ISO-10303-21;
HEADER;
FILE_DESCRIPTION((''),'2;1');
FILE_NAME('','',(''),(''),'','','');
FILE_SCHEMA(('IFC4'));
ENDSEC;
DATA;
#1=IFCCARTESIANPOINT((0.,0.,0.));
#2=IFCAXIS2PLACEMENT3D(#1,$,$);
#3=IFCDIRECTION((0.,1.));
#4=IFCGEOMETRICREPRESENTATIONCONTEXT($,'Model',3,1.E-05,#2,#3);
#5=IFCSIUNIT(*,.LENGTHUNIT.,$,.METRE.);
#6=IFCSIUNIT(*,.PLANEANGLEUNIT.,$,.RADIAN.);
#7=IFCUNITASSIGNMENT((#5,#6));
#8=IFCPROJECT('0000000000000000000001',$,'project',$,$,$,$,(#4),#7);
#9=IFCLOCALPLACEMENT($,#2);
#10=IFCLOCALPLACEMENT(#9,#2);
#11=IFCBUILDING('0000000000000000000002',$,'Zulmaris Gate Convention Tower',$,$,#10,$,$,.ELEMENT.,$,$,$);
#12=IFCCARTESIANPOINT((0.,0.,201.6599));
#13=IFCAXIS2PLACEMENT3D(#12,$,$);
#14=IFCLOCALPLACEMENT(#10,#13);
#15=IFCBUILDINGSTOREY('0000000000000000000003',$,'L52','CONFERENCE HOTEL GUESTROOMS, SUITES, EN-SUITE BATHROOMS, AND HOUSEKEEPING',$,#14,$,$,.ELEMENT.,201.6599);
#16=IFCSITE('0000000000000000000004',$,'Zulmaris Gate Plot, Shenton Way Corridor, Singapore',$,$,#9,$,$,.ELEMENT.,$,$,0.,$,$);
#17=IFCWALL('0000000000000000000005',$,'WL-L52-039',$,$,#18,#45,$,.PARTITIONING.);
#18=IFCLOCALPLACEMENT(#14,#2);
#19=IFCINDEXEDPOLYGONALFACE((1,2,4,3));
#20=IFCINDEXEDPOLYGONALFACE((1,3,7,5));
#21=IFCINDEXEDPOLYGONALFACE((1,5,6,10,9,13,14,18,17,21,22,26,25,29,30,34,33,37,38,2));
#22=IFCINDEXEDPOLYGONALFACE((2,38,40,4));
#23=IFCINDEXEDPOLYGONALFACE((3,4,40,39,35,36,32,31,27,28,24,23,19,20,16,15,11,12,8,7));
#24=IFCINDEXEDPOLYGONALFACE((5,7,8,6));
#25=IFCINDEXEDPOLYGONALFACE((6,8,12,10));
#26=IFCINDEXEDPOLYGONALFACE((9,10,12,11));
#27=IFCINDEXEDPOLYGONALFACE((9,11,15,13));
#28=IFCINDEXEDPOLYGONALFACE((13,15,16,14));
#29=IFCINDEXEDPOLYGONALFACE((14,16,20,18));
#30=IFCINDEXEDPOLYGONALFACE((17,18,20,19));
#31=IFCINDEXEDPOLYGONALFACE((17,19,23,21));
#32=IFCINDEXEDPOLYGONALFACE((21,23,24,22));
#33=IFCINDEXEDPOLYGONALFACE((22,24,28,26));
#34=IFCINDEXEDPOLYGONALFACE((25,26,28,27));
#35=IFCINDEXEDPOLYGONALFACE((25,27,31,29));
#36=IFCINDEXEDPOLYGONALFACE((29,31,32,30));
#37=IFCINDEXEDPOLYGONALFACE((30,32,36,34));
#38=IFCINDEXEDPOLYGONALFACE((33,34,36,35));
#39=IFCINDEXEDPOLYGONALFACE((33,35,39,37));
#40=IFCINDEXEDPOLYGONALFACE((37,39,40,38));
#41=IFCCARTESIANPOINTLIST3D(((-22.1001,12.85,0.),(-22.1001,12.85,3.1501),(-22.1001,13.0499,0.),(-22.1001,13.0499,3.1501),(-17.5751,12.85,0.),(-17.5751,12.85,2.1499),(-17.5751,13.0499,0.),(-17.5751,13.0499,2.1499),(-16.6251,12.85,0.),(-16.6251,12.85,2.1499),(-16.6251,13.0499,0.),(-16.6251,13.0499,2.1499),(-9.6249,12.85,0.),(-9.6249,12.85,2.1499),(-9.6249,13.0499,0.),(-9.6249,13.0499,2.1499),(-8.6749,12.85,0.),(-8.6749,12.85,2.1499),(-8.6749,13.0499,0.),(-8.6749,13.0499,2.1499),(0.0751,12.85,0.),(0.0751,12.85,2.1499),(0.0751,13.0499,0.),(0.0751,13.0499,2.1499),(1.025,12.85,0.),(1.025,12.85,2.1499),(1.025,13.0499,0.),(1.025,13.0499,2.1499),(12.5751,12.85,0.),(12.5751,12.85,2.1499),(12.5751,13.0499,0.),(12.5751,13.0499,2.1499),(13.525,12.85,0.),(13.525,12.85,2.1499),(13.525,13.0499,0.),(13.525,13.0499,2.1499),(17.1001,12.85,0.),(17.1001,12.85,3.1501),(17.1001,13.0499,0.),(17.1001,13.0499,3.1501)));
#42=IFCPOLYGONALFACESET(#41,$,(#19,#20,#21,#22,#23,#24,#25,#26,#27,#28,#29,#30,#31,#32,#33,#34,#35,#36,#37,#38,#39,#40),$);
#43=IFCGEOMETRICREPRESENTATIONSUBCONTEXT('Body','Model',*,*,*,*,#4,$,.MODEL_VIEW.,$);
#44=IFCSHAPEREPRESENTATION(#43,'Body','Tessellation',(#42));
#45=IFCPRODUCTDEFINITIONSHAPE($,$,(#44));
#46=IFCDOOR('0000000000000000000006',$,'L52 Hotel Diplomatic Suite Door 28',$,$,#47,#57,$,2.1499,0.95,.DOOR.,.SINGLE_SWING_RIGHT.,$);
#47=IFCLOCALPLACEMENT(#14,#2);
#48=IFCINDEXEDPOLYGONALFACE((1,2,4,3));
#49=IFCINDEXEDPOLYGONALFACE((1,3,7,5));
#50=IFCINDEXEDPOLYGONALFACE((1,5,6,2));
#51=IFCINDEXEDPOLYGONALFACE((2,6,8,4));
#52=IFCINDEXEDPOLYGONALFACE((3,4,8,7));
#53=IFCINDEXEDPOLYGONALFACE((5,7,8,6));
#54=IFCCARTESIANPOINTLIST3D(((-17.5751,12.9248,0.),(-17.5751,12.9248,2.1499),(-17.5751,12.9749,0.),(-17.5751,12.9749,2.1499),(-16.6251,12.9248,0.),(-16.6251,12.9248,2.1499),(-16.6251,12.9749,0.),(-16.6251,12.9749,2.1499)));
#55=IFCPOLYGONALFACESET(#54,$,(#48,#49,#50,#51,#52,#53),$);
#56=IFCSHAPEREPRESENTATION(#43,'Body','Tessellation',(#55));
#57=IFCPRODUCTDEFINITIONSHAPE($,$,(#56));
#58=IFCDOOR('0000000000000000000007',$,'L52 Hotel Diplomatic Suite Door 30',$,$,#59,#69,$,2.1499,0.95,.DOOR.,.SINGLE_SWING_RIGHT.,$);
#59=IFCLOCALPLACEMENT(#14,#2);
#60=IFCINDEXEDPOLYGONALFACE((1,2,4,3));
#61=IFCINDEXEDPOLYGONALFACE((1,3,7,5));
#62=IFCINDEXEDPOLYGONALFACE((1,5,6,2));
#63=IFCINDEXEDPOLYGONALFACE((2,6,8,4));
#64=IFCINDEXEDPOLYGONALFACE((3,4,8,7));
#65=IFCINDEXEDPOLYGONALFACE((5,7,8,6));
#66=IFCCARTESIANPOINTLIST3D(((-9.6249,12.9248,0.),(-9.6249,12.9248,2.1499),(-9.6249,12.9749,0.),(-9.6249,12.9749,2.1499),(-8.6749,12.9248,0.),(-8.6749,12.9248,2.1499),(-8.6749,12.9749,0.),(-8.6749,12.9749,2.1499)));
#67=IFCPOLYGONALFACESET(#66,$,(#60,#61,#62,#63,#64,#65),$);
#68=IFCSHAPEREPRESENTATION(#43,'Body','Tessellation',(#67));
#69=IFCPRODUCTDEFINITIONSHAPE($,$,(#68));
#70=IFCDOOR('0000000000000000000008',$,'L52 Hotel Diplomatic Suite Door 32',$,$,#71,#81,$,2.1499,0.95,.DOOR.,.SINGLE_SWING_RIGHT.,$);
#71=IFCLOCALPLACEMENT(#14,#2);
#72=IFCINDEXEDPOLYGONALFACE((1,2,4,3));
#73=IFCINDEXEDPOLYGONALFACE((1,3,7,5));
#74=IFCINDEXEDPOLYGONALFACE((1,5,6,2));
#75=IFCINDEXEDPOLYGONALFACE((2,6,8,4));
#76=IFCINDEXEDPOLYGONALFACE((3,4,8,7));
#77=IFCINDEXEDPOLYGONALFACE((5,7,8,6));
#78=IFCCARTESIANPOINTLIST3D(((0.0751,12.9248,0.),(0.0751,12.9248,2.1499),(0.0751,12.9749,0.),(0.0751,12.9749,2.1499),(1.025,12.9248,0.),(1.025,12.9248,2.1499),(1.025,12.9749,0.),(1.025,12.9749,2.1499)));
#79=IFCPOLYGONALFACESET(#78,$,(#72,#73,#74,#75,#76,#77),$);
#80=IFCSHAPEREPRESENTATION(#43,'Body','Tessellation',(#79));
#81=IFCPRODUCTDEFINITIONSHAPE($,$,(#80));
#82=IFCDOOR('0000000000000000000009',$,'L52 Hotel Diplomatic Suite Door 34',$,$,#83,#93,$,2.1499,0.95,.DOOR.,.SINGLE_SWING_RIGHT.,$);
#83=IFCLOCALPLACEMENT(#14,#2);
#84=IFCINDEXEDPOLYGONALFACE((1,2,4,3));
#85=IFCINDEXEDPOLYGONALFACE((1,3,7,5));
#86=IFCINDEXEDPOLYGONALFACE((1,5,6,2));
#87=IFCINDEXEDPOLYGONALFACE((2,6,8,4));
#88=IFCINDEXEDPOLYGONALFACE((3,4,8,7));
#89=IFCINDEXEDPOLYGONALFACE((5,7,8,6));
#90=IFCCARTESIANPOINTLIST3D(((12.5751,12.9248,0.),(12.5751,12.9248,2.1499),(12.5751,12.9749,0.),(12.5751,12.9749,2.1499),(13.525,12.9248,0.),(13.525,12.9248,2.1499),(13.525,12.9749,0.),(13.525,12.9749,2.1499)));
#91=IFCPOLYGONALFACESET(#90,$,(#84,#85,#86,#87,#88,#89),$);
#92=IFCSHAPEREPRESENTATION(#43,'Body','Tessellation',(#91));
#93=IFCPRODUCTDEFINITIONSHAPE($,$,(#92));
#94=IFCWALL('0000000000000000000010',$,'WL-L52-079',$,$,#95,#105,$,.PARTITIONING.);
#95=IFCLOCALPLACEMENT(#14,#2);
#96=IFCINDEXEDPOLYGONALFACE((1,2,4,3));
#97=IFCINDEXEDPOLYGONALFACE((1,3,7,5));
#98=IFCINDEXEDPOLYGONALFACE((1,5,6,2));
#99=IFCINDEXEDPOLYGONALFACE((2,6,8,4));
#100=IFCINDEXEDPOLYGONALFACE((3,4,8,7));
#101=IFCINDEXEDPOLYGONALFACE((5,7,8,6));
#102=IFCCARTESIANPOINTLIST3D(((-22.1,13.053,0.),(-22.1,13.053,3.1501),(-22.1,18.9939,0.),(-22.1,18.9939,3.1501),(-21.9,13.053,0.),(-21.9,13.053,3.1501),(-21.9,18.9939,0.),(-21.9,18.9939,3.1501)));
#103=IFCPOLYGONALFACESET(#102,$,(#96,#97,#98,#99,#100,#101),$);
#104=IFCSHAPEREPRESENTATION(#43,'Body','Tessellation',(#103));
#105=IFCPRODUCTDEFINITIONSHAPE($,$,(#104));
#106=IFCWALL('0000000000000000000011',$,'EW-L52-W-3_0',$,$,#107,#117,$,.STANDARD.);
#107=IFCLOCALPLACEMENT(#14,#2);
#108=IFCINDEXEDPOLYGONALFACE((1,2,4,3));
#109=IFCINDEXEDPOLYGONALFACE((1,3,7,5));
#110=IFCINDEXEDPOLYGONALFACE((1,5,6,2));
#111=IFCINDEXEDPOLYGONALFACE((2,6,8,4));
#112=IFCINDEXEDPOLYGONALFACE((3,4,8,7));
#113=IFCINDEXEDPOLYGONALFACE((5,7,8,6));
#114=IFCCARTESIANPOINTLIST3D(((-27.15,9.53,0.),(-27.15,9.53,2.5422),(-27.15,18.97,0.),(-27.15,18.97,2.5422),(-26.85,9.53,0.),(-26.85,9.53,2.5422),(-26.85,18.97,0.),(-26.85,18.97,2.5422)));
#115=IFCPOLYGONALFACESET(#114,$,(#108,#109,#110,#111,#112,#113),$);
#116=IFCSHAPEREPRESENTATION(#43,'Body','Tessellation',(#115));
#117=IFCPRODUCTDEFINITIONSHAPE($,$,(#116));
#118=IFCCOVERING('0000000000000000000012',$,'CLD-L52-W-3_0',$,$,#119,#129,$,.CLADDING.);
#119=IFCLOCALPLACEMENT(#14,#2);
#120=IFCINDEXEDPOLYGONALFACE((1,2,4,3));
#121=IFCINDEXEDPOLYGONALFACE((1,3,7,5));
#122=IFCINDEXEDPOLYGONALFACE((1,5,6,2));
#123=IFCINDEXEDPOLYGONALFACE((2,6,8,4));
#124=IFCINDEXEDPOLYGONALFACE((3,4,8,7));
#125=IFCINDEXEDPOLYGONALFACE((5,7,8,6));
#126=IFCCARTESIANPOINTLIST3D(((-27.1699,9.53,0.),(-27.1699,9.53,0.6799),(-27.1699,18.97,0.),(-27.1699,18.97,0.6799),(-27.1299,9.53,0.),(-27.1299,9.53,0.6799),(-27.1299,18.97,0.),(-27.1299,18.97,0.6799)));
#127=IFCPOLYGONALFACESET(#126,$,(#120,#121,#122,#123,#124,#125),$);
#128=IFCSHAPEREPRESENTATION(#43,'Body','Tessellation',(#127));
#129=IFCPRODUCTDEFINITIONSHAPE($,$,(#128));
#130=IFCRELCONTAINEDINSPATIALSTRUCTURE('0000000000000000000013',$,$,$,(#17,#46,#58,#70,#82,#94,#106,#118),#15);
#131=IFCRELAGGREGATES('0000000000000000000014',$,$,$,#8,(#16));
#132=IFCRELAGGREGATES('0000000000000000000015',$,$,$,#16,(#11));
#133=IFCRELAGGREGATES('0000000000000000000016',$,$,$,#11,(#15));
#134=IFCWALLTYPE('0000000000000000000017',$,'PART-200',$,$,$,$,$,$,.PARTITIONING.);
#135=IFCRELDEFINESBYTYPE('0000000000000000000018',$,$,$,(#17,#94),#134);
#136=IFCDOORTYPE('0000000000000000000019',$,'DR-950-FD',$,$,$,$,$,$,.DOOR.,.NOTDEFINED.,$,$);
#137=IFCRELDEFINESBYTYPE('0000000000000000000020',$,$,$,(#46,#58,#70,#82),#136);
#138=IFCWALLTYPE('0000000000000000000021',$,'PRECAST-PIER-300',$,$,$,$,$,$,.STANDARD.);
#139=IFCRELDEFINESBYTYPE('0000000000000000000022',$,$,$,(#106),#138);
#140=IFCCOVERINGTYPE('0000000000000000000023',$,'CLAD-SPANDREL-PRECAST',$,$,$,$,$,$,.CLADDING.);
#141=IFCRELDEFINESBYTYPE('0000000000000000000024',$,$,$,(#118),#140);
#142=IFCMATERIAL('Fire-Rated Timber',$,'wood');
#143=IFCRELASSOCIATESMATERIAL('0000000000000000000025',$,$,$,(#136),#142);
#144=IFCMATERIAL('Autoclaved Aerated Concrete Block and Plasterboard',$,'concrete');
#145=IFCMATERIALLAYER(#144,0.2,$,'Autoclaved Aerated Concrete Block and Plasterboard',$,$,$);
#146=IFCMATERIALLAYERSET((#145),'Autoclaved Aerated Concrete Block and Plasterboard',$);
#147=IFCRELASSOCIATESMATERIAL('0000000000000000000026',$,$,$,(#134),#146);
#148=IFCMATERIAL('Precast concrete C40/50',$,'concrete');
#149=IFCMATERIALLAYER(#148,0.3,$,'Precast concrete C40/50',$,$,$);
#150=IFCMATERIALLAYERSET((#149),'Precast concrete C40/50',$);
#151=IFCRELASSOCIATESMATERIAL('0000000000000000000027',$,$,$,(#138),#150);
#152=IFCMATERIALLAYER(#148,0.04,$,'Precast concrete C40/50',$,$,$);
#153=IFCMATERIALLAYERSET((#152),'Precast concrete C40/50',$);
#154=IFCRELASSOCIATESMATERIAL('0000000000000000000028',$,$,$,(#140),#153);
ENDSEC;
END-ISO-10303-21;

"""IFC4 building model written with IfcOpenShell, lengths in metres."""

from ifc_helpers import new_model, si_unit, direction, frame, frame_2d, origin, place, context, subcontext, project, spatial, rectangle, extrude, material, layer, layer_set, type_object, element, fill, save


model = new_model("IFC4")

# Units and contexts
model_context = context("Model", 3, precision=1e-05, world=origin(), true_north=direction((0.0, 1.0)))
body_context = subcontext(model_context, "Body", "Model", "MODEL_VIEW")
ifc_project = project(units=[si_unit("LENGTHUNIT", "METRE"), si_unit("PLANEANGLEUNIT", "RADIAN")], contexts=[model_context])

# Site, building, storey
site_placement = place(None, origin())
site = spatial("IfcSite", under=ifc_project, at=site_placement, Name="Zulmaris Gate Plot, Shenton Way Corridor, Singapore", CompositionType="ELEMENT", RefElevation=0.0)
building_placement = place(site_placement, origin())
building = spatial("IfcBuilding", under=site, at=building_placement, Name="Zulmaris Gate Convention Tower", CompositionType="ELEMENT")
storey_placement = place(building_placement, frame((0.0, 0.0, 201.6599)))
storey = spatial("IfcBuildingStorey", under=building, at=storey_placement, Name="L52", Description="CONFERENCE HOTEL GUESTROOMS, SUITES, EN-SUITE BATHROOMS, AND HOUSEKEEPING", CompositionType="ELEMENT", Elevation=201.6599)

# Shared definitions
ifc_material_1 = material(Name="Fire-Rated Timber", Category="wood")
door_type_1 = type_object("IfcDoorType", Name="DR-950-FD", OperationType="NOTDEFINED", PredefinedType="DOOR", material=ifc_material_1)
ifc_material_2 = material(Name="Autoclaved Aerated Concrete Block and Plasterboard", Category="concrete")
ifc_layer_1 = layer(ifc_material_2, 0.2, Name="Autoclaved Aerated Concrete Block and Plasterboard")
ifc_layer_set_1 = layer_set([ifc_layer_1], Name="Autoclaved Aerated Concrete Block and Plasterboard")
wall_type_1 = type_object("IfcWallType", Name="PART-200", PredefinedType="PARTITIONING", material=ifc_layer_set_1)

# Wall, openings, doors
wall_1_placement = place(storey_placement, frame((-22.1001, 12.95, 0.0), z_axis=(0.0, 0.0, 1.0), x_axis=(1.0, 0.0, 0.0)))
wall_1 = element("IfcWall", 1, at=wall_1_placement, inside=storey, type_object=wall_type_1, Name="WL-L52-039", PredefinedType="PARTITIONING", context=body_context, shape_type="SweptSolid", body=[
    extrude(rectangle(XDim=39.2002, YDim=0.2, at=frame_2d((19.6001, 0.0))), origin(), (0.0, 0.0, 1.0), 3.1501),
])
opening_1_placement = place(wall_1_placement, frame((4.5249, 0.0, 0.0)))
opening_1 = element("IfcOpeningElement", 2, at=opening_1_placement, cuts=wall_1, PredefinedType="OPENING", context=body_context, shape_type="SweptSolid", body=[
    extrude(rectangle(XDim=0.95, YDim=2.1499, at=frame_2d((0.4751, 1.075))), frame((0.0, 0.1099, 0.0), z_axis=(0.0, -1.0, 0.0), x_axis=(1.0, 0.0, 0.0)), (0.0, 0.0, 1.0), 0.22),
])
opening_2_placement = place(wall_1_placement, frame((12.4751, 0.0, 0.0)))
opening_2 = element("IfcOpeningElement", 3, at=opening_2_placement, cuts=wall_1, PredefinedType="OPENING", context=body_context, shape_type="SweptSolid", body=[
    extrude(rectangle(XDim=0.95, YDim=2.1499, at=frame_2d((0.4751, 1.075))), frame((0.0, 0.1099, 0.0), z_axis=(0.0, -1.0, 0.0), x_axis=(1.0, 0.0, 0.0)), (0.0, 0.0, 1.0), 0.22),
])
opening_3_placement = place(wall_1_placement, frame((22.175, 0.0, 0.0)))
opening_3 = element("IfcOpeningElement", 4, at=opening_3_placement, cuts=wall_1, PredefinedType="OPENING", context=body_context, shape_type="SweptSolid", body=[
    extrude(rectangle(XDim=0.95, YDim=2.1499, at=frame_2d((0.4751, 1.075))), frame((0.0, 0.1099, 0.0), z_axis=(0.0, -1.0, 0.0), x_axis=(1.0, 0.0, 0.0)), (0.0, 0.0, 1.0), 0.22),
])
opening_4_placement = place(wall_1_placement, frame((34.675, 0.0, 0.0)))
opening_4 = element("IfcOpeningElement", 5, at=opening_4_placement, cuts=wall_1, PredefinedType="OPENING", context=body_context, shape_type="SweptSolid", body=[
    extrude(rectangle(XDim=0.95, YDim=2.1499, at=frame_2d((0.4751, 1.075))), frame((0.0, 0.1099, 0.0), z_axis=(0.0, -1.0, 0.0), x_axis=(1.0, 0.0, 0.0)), (0.0, 0.0, 1.0), 0.22),
])
door_1_placement = place(opening_1_placement, origin())
door_1 = element("IfcDoor", 6, at=door_1_placement, inside=storey, type_object=door_type_1, Name="L52 Hotel Diplomatic Suite Door 28", OperationType="SINGLE_SWING_RIGHT", OverallHeight=2.1499, OverallWidth=0.95, PredefinedType="DOOR", context=body_context, shape_type="SweptSolid", body=[
    extrude(rectangle(XDim=0.95, YDim=2.1499, at=frame_2d((0.4751, 1.075))), frame((0.0, 0.0249, 0.0), z_axis=(0.0, -1.0, 0.0), x_axis=(1.0, 0.0, 0.0)), (0.0, 0.0, 1.0), 0.05),
])
fill(opening_1, door_1)
door_2_placement = place(opening_2_placement, origin())
door_2 = element("IfcDoor", 7, at=door_2_placement, inside=storey, type_object=door_type_1, Name="L52 Hotel Diplomatic Suite Door 30", OperationType="SINGLE_SWING_RIGHT", OverallHeight=2.1499, OverallWidth=0.95, PredefinedType="DOOR", context=body_context, shape_type="SweptSolid", body=[
    extrude(rectangle(XDim=0.95, YDim=2.1499, at=frame_2d((0.4751, 1.075))), frame((0.0, 0.0249, 0.0), z_axis=(0.0, -1.0, 0.0), x_axis=(1.0, 0.0, 0.0)), (0.0, 0.0, 1.0), 0.05),
])
fill(opening_2, door_2)
door_3_placement = place(opening_3_placement, origin())
door_3 = element("IfcDoor", 8, at=door_3_placement, inside=storey, type_object=door_type_1, Name="L52 Hotel Diplomatic Suite Door 32", OperationType="SINGLE_SWING_RIGHT", OverallHeight=2.1499, OverallWidth=0.95, PredefinedType="DOOR", context=body_context, shape_type="SweptSolid", body=[
    extrude(rectangle(XDim=0.95, YDim=2.1499, at=frame_2d((0.4751, 1.075))), frame((0.0, 0.0249, 0.0), z_axis=(0.0, -1.0, 0.0), x_axis=(1.0, 0.0, 0.0)), (0.0, 0.0, 1.0), 0.05),
])
fill(opening_3, door_3)
door_4_placement = place(opening_4_placement, origin())
door_4 = element("IfcDoor", 9, at=door_4_placement, inside=storey, type_object=door_type_1, Name="L52 Hotel Diplomatic Suite Door 34", OperationType="SINGLE_SWING_RIGHT", OverallHeight=2.1499, OverallWidth=0.95, PredefinedType="DOOR", context=body_context, shape_type="SweptSolid", body=[
    extrude(rectangle(XDim=0.95, YDim=2.1499, at=frame_2d((0.4751, 1.075))), frame((0.0, 0.0249, 0.0), z_axis=(0.0, -1.0, 0.0), x_axis=(1.0, 0.0, 0.0)), (0.0, 0.0, 1.0), 0.05),
])
fill(opening_4, door_4)

# Walls
wall_2_placement = place(storey_placement, frame((-22.0, 13.053, 0.0), z_axis=(0.0, 0.0, 1.0), x_axis=(0.0, 1.0, 0.0)))
element("IfcWall", 10, at=wall_2_placement, inside=storey, type_object=wall_type_1, Name="WL-L52-079", PredefinedType="PARTITIONING", context=body_context, shape_type="SweptSolid", body=[
    extrude(rectangle(XDim=5.9409, YDim=0.2, at=frame_2d((2.9705, 0.0))), origin(), (0.0, 0.0, 1.0), 3.1501),
])
ifc_material_3 = material(Name="Precast concrete C40/50", Category="concrete")
ifc_layer_2 = layer(ifc_material_3, 0.3, Name="Precast concrete C40/50")
ifc_layer_set_2 = layer_set([ifc_layer_2], Name="Precast concrete C40/50")
wall_type_2 = type_object("IfcWallType", Name="PRECAST-PIER-300", PredefinedType="STANDARD", material=ifc_layer_set_2)
wall_3_placement = place(storey_placement, frame((-27.0, 18.97, 0.0), z_axis=(0.0, 0.0, 1.0), x_axis=(0.0, -1.0, 0.0)))
element("IfcWall", 11, at=wall_3_placement, inside=storey, type_object=wall_type_2, Name="EW-L52-W-3_0", PredefinedType="STANDARD", context=body_context, shape_type="SweptSolid", body=[
    extrude(rectangle(XDim=9.4399, YDim=0.3, at=frame_2d((4.72, 0.0))), origin(), (0.0, 0.0, 1.0), 2.5422),
])

# Covering
ifc_layer_3 = layer(ifc_material_3, 0.04, Name="Precast concrete C40/50")
ifc_layer_set_3 = layer_set([ifc_layer_3], Name="Precast concrete C40/50")
covering_type = type_object("IfcCoveringType", Name="CLAD-SPANDREL-PRECAST", PredefinedType="CLADDING", material=ifc_layer_set_3)
covering_placement = place(storey_placement, frame((-27.1499, 18.97, 0.0), z_axis=(0.0, 0.0, 1.0), x_axis=(0.0, -1.0, 0.0)))
element("IfcCovering", 12, at=covering_placement, inside=storey, type_object=covering_type, Name="CLD-L52-W-3_0", PredefinedType="CLADDING", context=body_context, shape_type="SweptSolid", body=[
    extrude(rectangle(XDim=9.4399, YDim=0.04, at=frame_2d((4.72, 0.0))), origin(), (0.0, 0.0, 1.0), 0.6799),
])

save(model, "model.ifc")
